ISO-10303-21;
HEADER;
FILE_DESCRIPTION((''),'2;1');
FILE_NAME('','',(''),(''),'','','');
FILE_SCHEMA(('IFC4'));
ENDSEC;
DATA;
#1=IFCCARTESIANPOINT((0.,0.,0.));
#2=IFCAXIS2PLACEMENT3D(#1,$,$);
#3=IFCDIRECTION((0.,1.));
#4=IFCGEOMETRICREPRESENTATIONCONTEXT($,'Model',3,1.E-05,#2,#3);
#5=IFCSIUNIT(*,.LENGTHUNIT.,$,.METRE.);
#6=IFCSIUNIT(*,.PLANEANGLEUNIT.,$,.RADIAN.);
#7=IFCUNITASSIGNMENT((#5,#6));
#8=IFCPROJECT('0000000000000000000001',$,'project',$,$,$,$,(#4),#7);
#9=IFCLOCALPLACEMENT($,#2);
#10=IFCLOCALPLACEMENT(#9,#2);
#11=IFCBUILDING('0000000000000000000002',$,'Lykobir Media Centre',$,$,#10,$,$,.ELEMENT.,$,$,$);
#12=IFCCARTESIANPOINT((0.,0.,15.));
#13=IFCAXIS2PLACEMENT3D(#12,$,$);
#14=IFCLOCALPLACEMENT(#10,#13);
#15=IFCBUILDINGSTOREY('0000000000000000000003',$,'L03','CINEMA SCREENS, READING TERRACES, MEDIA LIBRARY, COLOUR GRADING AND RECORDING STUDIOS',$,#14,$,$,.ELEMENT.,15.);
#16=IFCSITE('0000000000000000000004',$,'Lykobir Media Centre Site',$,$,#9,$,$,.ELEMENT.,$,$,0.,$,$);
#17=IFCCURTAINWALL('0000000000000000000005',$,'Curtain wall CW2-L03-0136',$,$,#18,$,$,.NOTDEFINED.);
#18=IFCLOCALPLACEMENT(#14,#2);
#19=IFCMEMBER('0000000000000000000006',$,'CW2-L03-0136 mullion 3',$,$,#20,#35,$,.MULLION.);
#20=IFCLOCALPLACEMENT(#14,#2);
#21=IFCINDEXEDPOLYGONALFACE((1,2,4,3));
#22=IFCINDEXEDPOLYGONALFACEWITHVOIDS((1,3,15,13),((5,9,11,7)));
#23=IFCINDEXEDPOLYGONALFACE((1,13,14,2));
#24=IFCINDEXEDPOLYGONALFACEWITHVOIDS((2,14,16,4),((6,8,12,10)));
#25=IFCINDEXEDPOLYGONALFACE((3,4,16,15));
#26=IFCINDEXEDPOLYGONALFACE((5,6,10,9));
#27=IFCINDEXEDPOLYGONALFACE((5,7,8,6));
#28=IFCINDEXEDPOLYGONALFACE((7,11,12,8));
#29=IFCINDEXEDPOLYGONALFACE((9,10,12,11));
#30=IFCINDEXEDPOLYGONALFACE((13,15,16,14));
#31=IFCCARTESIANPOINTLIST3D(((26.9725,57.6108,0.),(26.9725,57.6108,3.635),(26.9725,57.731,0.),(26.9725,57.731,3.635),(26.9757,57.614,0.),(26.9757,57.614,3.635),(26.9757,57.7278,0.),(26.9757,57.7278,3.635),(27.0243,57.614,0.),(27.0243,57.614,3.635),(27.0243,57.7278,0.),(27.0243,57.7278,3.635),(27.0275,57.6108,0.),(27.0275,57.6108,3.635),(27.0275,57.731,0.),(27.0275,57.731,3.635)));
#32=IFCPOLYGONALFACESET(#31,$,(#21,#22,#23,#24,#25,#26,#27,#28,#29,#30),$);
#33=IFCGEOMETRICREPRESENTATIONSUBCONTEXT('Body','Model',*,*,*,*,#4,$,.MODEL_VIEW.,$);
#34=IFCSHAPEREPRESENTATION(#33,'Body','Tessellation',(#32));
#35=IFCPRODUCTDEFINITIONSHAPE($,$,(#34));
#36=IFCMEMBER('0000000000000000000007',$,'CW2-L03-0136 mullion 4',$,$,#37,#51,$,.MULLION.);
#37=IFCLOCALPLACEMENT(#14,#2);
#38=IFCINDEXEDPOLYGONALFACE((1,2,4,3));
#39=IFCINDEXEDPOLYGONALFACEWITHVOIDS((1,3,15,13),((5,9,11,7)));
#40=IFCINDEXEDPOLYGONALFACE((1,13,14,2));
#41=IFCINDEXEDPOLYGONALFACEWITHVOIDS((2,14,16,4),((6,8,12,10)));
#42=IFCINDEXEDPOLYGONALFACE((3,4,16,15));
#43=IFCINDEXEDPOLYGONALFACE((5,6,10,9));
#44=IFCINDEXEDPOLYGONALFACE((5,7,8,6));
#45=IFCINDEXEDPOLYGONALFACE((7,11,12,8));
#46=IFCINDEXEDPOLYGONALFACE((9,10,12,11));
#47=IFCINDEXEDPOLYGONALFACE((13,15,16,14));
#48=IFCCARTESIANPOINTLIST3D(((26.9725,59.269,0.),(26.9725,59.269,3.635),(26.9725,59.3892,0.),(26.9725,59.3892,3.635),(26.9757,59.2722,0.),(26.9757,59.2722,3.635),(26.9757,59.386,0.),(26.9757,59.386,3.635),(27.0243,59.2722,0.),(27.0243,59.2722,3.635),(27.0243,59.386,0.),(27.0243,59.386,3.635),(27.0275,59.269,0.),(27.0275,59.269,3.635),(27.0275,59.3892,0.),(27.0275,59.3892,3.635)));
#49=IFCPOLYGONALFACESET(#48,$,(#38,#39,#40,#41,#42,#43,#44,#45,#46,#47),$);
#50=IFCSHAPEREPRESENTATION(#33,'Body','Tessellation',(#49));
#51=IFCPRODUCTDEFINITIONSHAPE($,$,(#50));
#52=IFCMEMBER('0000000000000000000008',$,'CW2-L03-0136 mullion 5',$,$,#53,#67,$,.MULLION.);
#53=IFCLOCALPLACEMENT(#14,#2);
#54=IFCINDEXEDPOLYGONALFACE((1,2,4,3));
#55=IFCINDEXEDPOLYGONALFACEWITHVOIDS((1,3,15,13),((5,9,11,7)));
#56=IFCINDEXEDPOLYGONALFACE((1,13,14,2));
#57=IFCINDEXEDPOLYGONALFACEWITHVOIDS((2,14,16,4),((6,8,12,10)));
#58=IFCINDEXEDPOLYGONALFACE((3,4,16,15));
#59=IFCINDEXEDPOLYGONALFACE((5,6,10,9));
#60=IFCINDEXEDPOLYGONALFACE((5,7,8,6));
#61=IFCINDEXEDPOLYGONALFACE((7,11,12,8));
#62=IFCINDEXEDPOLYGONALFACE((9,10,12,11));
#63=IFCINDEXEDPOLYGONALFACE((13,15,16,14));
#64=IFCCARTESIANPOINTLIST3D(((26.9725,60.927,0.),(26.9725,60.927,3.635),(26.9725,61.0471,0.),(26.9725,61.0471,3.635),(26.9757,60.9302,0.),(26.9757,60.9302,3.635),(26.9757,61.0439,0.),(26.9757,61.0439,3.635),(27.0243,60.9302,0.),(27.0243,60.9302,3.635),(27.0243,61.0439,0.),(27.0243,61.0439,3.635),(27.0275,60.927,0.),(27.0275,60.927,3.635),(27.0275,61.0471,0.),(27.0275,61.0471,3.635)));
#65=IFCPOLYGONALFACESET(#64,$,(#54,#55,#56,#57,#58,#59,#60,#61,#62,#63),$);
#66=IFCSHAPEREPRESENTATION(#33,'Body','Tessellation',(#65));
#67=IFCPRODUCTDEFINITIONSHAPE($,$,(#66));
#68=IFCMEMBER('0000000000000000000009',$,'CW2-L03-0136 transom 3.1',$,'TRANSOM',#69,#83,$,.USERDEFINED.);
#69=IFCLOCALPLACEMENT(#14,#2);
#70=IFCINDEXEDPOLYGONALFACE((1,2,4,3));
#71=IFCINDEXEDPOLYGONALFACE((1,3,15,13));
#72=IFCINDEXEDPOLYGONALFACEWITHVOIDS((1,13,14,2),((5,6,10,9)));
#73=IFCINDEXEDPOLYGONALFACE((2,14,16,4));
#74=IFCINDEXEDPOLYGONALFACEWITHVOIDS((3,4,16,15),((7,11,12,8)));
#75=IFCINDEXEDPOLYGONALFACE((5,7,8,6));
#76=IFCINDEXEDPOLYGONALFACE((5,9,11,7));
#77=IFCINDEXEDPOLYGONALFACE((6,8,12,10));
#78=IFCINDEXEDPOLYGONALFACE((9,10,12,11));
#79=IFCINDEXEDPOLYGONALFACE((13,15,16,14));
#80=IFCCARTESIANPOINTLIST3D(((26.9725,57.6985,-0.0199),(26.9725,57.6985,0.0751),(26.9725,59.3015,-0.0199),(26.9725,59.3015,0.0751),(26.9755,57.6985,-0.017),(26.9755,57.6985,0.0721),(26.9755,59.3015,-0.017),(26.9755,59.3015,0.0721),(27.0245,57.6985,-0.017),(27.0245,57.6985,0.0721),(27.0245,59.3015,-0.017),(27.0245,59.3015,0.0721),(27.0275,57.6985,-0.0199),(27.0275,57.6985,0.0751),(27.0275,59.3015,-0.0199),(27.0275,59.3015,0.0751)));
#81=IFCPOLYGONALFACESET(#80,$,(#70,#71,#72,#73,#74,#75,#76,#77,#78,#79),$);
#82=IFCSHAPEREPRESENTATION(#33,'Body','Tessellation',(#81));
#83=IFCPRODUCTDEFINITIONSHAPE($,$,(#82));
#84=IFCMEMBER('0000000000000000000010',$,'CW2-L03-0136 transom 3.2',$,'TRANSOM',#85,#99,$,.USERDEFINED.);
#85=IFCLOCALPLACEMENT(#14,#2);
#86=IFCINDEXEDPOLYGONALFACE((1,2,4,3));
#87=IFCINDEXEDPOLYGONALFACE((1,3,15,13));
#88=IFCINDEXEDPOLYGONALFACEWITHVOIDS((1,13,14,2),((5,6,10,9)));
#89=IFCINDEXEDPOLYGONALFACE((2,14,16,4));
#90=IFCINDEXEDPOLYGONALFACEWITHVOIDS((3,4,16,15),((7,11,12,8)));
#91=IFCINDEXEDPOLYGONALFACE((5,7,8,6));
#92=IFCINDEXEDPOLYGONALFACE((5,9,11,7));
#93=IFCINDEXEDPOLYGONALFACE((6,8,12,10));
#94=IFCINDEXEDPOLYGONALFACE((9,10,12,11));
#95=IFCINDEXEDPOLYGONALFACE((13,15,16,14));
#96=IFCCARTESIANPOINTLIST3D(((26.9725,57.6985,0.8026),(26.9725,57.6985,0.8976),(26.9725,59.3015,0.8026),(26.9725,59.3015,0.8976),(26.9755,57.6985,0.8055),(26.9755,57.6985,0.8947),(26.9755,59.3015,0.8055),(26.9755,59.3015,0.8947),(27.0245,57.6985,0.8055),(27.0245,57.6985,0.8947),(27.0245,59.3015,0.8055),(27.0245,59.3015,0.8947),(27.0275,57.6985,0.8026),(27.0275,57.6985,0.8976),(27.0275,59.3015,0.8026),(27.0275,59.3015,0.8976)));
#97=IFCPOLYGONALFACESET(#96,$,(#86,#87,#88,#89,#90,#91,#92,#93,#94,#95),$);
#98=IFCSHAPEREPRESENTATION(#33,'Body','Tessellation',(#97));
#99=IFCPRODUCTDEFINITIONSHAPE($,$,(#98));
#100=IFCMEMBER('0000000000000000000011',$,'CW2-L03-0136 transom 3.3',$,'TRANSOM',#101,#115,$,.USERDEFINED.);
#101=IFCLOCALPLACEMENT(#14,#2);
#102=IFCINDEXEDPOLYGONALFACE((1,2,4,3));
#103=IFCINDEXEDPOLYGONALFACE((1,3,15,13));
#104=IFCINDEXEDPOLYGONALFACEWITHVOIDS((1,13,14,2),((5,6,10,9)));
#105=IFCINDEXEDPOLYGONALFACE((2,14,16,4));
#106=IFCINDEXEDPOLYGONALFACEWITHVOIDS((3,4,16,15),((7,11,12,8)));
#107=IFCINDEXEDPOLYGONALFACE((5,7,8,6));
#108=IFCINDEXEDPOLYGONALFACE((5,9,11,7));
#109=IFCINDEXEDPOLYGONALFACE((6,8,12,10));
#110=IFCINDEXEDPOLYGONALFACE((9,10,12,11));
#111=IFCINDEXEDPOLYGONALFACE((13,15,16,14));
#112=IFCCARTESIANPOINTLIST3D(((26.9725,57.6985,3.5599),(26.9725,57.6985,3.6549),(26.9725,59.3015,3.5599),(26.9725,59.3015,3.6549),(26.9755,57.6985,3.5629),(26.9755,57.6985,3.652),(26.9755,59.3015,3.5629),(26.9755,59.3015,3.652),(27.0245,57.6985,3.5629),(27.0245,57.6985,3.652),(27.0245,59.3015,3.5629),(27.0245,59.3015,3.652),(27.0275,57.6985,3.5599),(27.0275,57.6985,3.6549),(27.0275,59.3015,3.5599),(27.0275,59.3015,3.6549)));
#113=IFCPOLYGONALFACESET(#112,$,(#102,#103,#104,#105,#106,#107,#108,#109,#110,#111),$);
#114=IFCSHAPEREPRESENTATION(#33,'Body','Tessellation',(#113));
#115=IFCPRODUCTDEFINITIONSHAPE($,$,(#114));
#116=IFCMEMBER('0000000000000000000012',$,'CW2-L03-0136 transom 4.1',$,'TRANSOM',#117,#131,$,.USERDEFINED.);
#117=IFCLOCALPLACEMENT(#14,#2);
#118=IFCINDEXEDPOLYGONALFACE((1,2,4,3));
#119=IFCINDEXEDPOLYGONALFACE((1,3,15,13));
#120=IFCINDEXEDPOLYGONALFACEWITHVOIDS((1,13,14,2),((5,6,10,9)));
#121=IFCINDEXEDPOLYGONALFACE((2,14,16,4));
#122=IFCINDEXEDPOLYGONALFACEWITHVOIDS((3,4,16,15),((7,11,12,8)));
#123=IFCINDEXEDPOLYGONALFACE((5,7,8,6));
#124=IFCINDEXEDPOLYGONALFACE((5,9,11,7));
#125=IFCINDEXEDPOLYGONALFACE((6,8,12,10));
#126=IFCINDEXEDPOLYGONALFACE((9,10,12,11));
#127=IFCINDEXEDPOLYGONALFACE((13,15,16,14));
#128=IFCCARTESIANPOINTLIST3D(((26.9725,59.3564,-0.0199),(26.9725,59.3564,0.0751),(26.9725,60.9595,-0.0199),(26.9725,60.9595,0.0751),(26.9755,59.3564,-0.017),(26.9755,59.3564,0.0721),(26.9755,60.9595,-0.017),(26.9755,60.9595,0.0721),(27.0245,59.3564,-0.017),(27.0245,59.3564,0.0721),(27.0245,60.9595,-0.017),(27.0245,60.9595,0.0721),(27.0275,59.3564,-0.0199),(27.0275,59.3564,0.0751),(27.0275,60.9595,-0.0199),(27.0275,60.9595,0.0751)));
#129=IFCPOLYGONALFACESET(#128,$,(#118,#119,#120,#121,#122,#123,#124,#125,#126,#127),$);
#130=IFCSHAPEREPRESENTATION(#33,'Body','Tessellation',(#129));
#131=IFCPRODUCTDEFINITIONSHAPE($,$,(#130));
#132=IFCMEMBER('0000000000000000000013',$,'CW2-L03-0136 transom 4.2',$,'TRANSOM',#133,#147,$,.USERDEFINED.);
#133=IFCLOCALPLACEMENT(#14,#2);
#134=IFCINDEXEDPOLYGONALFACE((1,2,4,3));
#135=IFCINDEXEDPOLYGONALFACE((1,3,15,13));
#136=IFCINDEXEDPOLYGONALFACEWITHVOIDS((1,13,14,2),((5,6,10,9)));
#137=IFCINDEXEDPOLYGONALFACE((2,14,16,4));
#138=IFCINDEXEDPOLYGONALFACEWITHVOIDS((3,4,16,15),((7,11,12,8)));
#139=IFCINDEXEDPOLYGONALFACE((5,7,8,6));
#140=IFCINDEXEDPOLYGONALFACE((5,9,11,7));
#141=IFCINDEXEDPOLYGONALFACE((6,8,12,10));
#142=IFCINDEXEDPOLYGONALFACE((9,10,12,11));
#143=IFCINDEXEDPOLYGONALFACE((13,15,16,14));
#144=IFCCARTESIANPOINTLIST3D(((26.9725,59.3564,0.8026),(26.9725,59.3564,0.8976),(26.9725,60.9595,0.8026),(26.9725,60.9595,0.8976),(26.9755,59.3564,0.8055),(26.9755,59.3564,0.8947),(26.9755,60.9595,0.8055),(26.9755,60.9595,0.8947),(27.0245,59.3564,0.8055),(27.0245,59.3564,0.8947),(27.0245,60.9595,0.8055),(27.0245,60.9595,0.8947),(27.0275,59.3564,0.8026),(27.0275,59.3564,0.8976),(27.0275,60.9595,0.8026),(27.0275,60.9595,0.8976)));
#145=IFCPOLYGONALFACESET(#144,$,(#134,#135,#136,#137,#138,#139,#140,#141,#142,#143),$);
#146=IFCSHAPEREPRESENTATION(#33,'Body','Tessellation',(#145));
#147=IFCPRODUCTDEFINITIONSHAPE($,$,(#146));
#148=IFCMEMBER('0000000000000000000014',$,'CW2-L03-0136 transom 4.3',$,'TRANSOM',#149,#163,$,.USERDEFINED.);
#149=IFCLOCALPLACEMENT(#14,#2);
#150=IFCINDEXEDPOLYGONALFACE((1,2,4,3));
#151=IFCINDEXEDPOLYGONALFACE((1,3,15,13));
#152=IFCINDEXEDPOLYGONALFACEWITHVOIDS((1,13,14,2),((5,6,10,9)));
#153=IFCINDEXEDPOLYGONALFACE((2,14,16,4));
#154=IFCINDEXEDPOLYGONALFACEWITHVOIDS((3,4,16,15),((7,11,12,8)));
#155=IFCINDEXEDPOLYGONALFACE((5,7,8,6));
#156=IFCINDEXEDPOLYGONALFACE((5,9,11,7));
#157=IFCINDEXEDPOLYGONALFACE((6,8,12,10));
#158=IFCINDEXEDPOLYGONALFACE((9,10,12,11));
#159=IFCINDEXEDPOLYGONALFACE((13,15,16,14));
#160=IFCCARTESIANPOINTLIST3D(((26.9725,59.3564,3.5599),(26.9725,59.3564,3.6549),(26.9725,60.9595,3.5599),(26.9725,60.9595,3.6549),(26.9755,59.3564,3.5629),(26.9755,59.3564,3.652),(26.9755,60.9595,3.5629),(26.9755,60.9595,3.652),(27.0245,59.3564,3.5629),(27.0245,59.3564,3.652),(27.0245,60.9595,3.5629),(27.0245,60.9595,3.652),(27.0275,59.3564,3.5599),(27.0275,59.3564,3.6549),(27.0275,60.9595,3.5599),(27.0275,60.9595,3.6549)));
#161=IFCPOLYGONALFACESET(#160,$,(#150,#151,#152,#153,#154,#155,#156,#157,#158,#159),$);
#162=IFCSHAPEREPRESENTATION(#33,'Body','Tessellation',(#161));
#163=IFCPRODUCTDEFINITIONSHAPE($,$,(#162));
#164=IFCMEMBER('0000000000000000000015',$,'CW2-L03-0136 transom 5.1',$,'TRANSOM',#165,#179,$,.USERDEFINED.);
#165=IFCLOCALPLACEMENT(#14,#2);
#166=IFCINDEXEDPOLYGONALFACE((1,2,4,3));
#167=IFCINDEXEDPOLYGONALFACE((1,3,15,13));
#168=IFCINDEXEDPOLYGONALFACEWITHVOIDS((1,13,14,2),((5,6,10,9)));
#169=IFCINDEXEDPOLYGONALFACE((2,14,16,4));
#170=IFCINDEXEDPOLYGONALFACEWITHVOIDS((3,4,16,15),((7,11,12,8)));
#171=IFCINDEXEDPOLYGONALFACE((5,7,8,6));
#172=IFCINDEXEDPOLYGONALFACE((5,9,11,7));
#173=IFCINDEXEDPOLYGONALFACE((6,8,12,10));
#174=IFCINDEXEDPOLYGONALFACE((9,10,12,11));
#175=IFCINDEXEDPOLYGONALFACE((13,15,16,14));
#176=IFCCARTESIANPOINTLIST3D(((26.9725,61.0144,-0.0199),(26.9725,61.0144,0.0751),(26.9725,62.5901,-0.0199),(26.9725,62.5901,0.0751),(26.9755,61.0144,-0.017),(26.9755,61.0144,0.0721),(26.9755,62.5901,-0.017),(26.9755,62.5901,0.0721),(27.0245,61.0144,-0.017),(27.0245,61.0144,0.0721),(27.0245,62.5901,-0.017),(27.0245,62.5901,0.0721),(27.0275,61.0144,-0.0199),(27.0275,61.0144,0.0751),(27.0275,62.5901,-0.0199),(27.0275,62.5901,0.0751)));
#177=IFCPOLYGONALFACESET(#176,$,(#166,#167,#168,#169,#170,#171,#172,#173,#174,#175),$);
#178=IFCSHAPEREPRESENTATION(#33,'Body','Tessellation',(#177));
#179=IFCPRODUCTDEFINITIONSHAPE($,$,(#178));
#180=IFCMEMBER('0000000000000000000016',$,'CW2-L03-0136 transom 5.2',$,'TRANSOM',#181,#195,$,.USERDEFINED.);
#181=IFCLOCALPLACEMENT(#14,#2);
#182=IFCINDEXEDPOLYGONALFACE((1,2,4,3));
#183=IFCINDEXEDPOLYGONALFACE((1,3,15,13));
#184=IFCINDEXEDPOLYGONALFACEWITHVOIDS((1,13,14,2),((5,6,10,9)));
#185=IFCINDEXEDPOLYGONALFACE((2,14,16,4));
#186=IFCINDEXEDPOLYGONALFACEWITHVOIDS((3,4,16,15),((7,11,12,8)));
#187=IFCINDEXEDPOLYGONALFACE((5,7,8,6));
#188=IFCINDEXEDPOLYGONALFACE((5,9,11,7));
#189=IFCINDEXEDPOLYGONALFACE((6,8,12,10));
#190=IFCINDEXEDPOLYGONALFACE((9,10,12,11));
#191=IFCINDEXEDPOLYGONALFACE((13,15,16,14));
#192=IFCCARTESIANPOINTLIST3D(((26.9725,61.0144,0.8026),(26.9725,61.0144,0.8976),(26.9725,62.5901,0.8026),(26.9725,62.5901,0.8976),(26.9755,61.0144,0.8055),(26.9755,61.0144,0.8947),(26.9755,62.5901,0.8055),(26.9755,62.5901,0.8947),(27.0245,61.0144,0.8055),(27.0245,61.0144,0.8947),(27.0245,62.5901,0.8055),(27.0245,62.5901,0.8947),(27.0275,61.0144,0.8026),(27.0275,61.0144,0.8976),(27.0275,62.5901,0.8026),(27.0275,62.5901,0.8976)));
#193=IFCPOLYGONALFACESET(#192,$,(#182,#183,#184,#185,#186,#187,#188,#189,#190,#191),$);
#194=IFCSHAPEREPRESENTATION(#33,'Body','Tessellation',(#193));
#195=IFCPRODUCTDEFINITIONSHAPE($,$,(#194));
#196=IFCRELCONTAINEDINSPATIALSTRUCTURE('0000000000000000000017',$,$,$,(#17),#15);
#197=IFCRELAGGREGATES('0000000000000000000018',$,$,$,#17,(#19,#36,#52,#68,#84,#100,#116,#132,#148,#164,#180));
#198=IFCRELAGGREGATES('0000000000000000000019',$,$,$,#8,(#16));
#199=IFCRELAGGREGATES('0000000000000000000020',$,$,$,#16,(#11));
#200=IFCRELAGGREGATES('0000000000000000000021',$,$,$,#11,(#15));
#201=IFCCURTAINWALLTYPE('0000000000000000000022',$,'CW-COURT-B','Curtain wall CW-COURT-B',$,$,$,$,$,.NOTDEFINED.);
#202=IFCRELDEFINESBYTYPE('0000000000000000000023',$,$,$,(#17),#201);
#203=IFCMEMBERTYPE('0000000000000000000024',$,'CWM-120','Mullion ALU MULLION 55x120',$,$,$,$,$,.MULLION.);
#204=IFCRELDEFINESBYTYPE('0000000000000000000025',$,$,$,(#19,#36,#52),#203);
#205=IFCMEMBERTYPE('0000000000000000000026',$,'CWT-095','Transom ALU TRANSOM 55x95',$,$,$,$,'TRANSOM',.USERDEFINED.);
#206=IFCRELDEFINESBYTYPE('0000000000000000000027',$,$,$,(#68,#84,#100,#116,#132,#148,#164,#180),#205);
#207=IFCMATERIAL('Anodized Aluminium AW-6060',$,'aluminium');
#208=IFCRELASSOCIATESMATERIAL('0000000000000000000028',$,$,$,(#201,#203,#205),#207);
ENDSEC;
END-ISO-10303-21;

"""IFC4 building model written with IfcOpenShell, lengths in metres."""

from ifc_helpers import new_model, si_unit, direction, frame, origin, origin_2d, place, context, subcontext, project, spatial, hollow_rectangle, extrude, material, material_profile, profile_set, type_object, element, aggregate, save


model = new_model("IFC4")

# Units and contexts
model_context = context("Model", 3, precision=1e-05, world=origin(), true_north=direction((0.0, 1.0)))
body_context = subcontext(model_context, "Body", "Model", "MODEL_VIEW")
ifc_project = project(units=[si_unit("LENGTHUNIT", "METRE"), si_unit("PLANEANGLEUNIT", "RADIAN")], contexts=[model_context])

# Site, building, storey
site_placement = place(None, origin())
site = spatial("IfcSite", under=ifc_project, at=site_placement, Name="Lykobir Media Centre Site", CompositionType="ELEMENT", RefElevation=0.0)
building_placement = place(site_placement, origin())
building = spatial("IfcBuilding", under=site, at=building_placement, Name="Lykobir Media Centre", CompositionType="ELEMENT")
storey_placement = place(building_placement, frame((0.0, 0.0, 15.0)))
storey = spatial("IfcBuildingStorey", under=building, at=storey_placement, Name="L03", Description="CINEMA SCREENS, READING TERRACES, MEDIA LIBRARY, COLOUR GRADING AND RECORDING STUDIOS", CompositionType="ELEMENT", Elevation=15.0)

# Curtain wall, members
ifc_material_1 = material(Name="Anodized Aluminium AW-6060", Category="aluminium")
curtain_wall_type = type_object("IfcCurtainWallType", Name="CW-COURT-B", Description="Curtain wall CW-COURT-B", PredefinedType="NOTDEFINED", material=ifc_material_1)
curtain_wall_placement = place(storey_placement, origin())
curtain_wall = element("IfcCurtainWall", 1, at=curtain_wall_placement, inside=storey, type_object=curtain_wall_type, Name="Curtain wall CW2-L03-0136", PredefinedType="NOTDEFINED")
ifc_material_profile_1 = material_profile(ifc_material_1, hollow_rectangle(XDim=0.0549, YDim=0.1201, WallThickness=0.0032, at=origin_2d()), Name="ALU MULLION 55x120")
ifc_profile_set_1 = profile_set([ifc_material_profile_1], Name="Anodized Aluminium AW-6060")
member_type_1 = type_object("IfcMemberType", Name="CWM-120", Description="Mullion ALU MULLION 55x120", PredefinedType="MULLION", material=ifc_profile_set_1)
member_1_placement = place(storey_placement, frame((27.0, 57.6709, 0.0), z_axis=(0.0, 0.0, 1.0), x_axis=(-1.0, 0.0, 0.0)))
member_1 = element("IfcMember", 2, at=member_1_placement, type_object=member_type_1, Name="CW2-L03-0136 mullion 3", PredefinedType="MULLION", context=body_context, shape_type="SweptSolid", body=[
    extrude(hollow_rectangle(XDim=0.0549, YDim=0.1201, WallThickness=0.0032, at=origin_2d()), origin(), (0.0, 0.0, 1.0), 3.635),
])
member_2_placement = place(storey_placement, frame((27.0, 59.3291, 0.0), z_axis=(0.0, 0.0, 1.0), x_axis=(-1.0, 0.0, 0.0)))
member_2 = element("IfcMember", 3, at=member_2_placement, type_object=member_type_1, Name="CW2-L03-0136 mullion 4", PredefinedType="MULLION", context=body_context, shape_type="SweptSolid", body=[
    extrude(hollow_rectangle(XDim=0.0549, YDim=0.1201, WallThickness=0.0032, at=origin_2d()), origin(), (0.0, 0.0, 1.0), 3.635),
])
member_3_placement = place(storey_placement, frame((27.0, 60.9871, 0.0), z_axis=(0.0, 0.0, 1.0), x_axis=(-1.0, 0.0, 0.0)))
member_3 = element("IfcMember", 4, at=member_3_placement, type_object=member_type_1, Name="CW2-L03-0136 mullion 5", PredefinedType="MULLION", context=body_context, shape_type="SweptSolid", body=[
    extrude(hollow_rectangle(XDim=0.0549, YDim=0.1201, WallThickness=0.0032, at=origin_2d()), origin(), (0.0, 0.0, 1.0), 3.635),
])
ifc_material_profile_2 = material_profile(ifc_material_1, hollow_rectangle(XDim=0.0549, YDim=0.095, WallThickness=0.0029, at=origin_2d()), Name="ALU TRANSOM 55x95")
ifc_profile_set_2 = profile_set([ifc_material_profile_2], Name="Anodized Aluminium AW-6060")
member_type_2 = type_object("IfcMemberType", Name="CWT-095", Description="Transom ALU TRANSOM 55x95", ElementType="TRANSOM", PredefinedType="USERDEFINED", material=ifc_profile_set_2)
member_4_placement = place(storey_placement, frame((27.0, 57.6985, 0.0276), z_axis=(0.0, 1.0, 0.0), x_axis=(-1.0, 0.0, 0.0)))
member_4 = element("IfcMember", 5, at=member_4_placement, type_object=member_type_2, Name="CW2-L03-0136 transom 3.1", ObjectType="TRANSOM", PredefinedType="USERDEFINED", context=body_context, shape_type="SweptSolid", body=[
    extrude(hollow_rectangle(XDim=0.0549, YDim=0.095, WallThickness=0.0029, at=origin_2d()), origin(), (0.0, 0.0, 1.0), 1.603),
])
member_5_placement = place(storey_placement, frame((27.0, 57.6985, 0.8501), z_axis=(0.0, 1.0, 0.0), x_axis=(-1.0, 0.0, 0.0)))
member_5 = element("IfcMember", 6, at=member_5_placement, type_object=member_type_2, Name="CW2-L03-0136 transom 3.2", ObjectType="TRANSOM", PredefinedType="USERDEFINED", context=body_context, shape_type="SweptSolid", body=[
    extrude(hollow_rectangle(XDim=0.0549, YDim=0.095, WallThickness=0.0029, at=origin_2d()), origin(), (0.0, 0.0, 1.0), 1.603),
])
member_6_placement = place(storey_placement, frame((27.0, 57.6985, 3.6074), z_axis=(0.0, 1.0, 0.0), x_axis=(-1.0, 0.0, 0.0)))
member_6 = element("IfcMember", 7, at=member_6_placement, type_object=member_type_2, Name="CW2-L03-0136 transom 3.3", ObjectType="TRANSOM", PredefinedType="USERDEFINED", context=body_context, shape_type="SweptSolid", body=[
    extrude(hollow_rectangle(XDim=0.0549, YDim=0.095, WallThickness=0.0029, at=origin_2d()), origin(), (0.0, 0.0, 1.0), 1.603),
])
member_7_placement = place(storey_placement, frame((27.0, 59.3564, 0.0276), z_axis=(0.0, 1.0, 0.0), x_axis=(-1.0, 0.0, 0.0)))
member_7 = element("IfcMember", 8, at=member_7_placement, type_object=member_type_2, Name="CW2-L03-0136 transom 4.1", ObjectType="TRANSOM", PredefinedType="USERDEFINED", context=body_context, shape_type="SweptSolid", body=[
    extrude(hollow_rectangle(XDim=0.0549, YDim=0.095, WallThickness=0.0029, at=origin_2d()), origin(), (0.0, 0.0, 1.0), 1.603),
])
member_8_placement = place(storey_placement, frame((27.0, 59.3564, 0.8501), z_axis=(0.0, 1.0, 0.0), x_axis=(-1.0, 0.0, 0.0)))
member_8 = element("IfcMember", 9, at=member_8_placement, type_object=member_type_2, Name="CW2-L03-0136 transom 4.2", ObjectType="TRANSOM", PredefinedType="USERDEFINED", context=body_context, shape_type="SweptSolid", body=[
    extrude(hollow_rectangle(XDim=0.0549, YDim=0.095, WallThickness=0.0029, at=origin_2d()), origin(), (0.0, 0.0, 1.0), 1.603),
])
member_9_placement = place(storey_placement, frame((27.0, 59.3564, 3.6074), z_axis=(0.0, 1.0, 0.0), x_axis=(-1.0, 0.0, 0.0)))
member_9 = element("IfcMember", 10, at=member_9_placement, type_object=member_type_2, Name="CW2-L03-0136 transom 4.3", ObjectType="TRANSOM", PredefinedType="USERDEFINED", context=body_context, shape_type="SweptSolid", body=[
    extrude(hollow_rectangle(XDim=0.0549, YDim=0.095, WallThickness=0.0029, at=origin_2d()), origin(), (0.0, 0.0, 1.0), 1.603),
])
member_10_placement = place(storey_placement, frame((27.0, 61.0144, 0.0276), z_axis=(0.0, 1.0, 0.0), x_axis=(-1.0, 0.0, 0.0)))
member_10 = element("IfcMember", 11, at=member_10_placement, type_object=member_type_2, Name="CW2-L03-0136 transom 5.1", ObjectType="TRANSOM", PredefinedType="USERDEFINED", context=body_context, shape_type="SweptSolid", body=[
    extrude(hollow_rectangle(XDim=0.0549, YDim=0.095, WallThickness=0.0029, at=origin_2d()), origin(), (0.0, 0.0, 1.0), 1.5757),
])
member_11_placement = place(storey_placement, frame((27.0, 61.0144, 0.8501), z_axis=(0.0, 1.0, 0.0), x_axis=(-1.0, 0.0, 0.0)))
member_11 = element("IfcMember", 12, at=member_11_placement, type_object=member_type_2, Name="CW2-L03-0136 transom 5.2", ObjectType="TRANSOM", PredefinedType="USERDEFINED", context=body_context, shape_type="SweptSolid", body=[
    extrude(hollow_rectangle(XDim=0.0549, YDim=0.095, WallThickness=0.0029, at=origin_2d()), origin(), (0.0, 0.0, 1.0), 1.5757),
])

aggregate(curtain_wall, [member_1, member_2, member_3, member_4, member_5, member_6, member_7, member_8, member_9, member_10, member_11])

save(model, "model.ifc")
